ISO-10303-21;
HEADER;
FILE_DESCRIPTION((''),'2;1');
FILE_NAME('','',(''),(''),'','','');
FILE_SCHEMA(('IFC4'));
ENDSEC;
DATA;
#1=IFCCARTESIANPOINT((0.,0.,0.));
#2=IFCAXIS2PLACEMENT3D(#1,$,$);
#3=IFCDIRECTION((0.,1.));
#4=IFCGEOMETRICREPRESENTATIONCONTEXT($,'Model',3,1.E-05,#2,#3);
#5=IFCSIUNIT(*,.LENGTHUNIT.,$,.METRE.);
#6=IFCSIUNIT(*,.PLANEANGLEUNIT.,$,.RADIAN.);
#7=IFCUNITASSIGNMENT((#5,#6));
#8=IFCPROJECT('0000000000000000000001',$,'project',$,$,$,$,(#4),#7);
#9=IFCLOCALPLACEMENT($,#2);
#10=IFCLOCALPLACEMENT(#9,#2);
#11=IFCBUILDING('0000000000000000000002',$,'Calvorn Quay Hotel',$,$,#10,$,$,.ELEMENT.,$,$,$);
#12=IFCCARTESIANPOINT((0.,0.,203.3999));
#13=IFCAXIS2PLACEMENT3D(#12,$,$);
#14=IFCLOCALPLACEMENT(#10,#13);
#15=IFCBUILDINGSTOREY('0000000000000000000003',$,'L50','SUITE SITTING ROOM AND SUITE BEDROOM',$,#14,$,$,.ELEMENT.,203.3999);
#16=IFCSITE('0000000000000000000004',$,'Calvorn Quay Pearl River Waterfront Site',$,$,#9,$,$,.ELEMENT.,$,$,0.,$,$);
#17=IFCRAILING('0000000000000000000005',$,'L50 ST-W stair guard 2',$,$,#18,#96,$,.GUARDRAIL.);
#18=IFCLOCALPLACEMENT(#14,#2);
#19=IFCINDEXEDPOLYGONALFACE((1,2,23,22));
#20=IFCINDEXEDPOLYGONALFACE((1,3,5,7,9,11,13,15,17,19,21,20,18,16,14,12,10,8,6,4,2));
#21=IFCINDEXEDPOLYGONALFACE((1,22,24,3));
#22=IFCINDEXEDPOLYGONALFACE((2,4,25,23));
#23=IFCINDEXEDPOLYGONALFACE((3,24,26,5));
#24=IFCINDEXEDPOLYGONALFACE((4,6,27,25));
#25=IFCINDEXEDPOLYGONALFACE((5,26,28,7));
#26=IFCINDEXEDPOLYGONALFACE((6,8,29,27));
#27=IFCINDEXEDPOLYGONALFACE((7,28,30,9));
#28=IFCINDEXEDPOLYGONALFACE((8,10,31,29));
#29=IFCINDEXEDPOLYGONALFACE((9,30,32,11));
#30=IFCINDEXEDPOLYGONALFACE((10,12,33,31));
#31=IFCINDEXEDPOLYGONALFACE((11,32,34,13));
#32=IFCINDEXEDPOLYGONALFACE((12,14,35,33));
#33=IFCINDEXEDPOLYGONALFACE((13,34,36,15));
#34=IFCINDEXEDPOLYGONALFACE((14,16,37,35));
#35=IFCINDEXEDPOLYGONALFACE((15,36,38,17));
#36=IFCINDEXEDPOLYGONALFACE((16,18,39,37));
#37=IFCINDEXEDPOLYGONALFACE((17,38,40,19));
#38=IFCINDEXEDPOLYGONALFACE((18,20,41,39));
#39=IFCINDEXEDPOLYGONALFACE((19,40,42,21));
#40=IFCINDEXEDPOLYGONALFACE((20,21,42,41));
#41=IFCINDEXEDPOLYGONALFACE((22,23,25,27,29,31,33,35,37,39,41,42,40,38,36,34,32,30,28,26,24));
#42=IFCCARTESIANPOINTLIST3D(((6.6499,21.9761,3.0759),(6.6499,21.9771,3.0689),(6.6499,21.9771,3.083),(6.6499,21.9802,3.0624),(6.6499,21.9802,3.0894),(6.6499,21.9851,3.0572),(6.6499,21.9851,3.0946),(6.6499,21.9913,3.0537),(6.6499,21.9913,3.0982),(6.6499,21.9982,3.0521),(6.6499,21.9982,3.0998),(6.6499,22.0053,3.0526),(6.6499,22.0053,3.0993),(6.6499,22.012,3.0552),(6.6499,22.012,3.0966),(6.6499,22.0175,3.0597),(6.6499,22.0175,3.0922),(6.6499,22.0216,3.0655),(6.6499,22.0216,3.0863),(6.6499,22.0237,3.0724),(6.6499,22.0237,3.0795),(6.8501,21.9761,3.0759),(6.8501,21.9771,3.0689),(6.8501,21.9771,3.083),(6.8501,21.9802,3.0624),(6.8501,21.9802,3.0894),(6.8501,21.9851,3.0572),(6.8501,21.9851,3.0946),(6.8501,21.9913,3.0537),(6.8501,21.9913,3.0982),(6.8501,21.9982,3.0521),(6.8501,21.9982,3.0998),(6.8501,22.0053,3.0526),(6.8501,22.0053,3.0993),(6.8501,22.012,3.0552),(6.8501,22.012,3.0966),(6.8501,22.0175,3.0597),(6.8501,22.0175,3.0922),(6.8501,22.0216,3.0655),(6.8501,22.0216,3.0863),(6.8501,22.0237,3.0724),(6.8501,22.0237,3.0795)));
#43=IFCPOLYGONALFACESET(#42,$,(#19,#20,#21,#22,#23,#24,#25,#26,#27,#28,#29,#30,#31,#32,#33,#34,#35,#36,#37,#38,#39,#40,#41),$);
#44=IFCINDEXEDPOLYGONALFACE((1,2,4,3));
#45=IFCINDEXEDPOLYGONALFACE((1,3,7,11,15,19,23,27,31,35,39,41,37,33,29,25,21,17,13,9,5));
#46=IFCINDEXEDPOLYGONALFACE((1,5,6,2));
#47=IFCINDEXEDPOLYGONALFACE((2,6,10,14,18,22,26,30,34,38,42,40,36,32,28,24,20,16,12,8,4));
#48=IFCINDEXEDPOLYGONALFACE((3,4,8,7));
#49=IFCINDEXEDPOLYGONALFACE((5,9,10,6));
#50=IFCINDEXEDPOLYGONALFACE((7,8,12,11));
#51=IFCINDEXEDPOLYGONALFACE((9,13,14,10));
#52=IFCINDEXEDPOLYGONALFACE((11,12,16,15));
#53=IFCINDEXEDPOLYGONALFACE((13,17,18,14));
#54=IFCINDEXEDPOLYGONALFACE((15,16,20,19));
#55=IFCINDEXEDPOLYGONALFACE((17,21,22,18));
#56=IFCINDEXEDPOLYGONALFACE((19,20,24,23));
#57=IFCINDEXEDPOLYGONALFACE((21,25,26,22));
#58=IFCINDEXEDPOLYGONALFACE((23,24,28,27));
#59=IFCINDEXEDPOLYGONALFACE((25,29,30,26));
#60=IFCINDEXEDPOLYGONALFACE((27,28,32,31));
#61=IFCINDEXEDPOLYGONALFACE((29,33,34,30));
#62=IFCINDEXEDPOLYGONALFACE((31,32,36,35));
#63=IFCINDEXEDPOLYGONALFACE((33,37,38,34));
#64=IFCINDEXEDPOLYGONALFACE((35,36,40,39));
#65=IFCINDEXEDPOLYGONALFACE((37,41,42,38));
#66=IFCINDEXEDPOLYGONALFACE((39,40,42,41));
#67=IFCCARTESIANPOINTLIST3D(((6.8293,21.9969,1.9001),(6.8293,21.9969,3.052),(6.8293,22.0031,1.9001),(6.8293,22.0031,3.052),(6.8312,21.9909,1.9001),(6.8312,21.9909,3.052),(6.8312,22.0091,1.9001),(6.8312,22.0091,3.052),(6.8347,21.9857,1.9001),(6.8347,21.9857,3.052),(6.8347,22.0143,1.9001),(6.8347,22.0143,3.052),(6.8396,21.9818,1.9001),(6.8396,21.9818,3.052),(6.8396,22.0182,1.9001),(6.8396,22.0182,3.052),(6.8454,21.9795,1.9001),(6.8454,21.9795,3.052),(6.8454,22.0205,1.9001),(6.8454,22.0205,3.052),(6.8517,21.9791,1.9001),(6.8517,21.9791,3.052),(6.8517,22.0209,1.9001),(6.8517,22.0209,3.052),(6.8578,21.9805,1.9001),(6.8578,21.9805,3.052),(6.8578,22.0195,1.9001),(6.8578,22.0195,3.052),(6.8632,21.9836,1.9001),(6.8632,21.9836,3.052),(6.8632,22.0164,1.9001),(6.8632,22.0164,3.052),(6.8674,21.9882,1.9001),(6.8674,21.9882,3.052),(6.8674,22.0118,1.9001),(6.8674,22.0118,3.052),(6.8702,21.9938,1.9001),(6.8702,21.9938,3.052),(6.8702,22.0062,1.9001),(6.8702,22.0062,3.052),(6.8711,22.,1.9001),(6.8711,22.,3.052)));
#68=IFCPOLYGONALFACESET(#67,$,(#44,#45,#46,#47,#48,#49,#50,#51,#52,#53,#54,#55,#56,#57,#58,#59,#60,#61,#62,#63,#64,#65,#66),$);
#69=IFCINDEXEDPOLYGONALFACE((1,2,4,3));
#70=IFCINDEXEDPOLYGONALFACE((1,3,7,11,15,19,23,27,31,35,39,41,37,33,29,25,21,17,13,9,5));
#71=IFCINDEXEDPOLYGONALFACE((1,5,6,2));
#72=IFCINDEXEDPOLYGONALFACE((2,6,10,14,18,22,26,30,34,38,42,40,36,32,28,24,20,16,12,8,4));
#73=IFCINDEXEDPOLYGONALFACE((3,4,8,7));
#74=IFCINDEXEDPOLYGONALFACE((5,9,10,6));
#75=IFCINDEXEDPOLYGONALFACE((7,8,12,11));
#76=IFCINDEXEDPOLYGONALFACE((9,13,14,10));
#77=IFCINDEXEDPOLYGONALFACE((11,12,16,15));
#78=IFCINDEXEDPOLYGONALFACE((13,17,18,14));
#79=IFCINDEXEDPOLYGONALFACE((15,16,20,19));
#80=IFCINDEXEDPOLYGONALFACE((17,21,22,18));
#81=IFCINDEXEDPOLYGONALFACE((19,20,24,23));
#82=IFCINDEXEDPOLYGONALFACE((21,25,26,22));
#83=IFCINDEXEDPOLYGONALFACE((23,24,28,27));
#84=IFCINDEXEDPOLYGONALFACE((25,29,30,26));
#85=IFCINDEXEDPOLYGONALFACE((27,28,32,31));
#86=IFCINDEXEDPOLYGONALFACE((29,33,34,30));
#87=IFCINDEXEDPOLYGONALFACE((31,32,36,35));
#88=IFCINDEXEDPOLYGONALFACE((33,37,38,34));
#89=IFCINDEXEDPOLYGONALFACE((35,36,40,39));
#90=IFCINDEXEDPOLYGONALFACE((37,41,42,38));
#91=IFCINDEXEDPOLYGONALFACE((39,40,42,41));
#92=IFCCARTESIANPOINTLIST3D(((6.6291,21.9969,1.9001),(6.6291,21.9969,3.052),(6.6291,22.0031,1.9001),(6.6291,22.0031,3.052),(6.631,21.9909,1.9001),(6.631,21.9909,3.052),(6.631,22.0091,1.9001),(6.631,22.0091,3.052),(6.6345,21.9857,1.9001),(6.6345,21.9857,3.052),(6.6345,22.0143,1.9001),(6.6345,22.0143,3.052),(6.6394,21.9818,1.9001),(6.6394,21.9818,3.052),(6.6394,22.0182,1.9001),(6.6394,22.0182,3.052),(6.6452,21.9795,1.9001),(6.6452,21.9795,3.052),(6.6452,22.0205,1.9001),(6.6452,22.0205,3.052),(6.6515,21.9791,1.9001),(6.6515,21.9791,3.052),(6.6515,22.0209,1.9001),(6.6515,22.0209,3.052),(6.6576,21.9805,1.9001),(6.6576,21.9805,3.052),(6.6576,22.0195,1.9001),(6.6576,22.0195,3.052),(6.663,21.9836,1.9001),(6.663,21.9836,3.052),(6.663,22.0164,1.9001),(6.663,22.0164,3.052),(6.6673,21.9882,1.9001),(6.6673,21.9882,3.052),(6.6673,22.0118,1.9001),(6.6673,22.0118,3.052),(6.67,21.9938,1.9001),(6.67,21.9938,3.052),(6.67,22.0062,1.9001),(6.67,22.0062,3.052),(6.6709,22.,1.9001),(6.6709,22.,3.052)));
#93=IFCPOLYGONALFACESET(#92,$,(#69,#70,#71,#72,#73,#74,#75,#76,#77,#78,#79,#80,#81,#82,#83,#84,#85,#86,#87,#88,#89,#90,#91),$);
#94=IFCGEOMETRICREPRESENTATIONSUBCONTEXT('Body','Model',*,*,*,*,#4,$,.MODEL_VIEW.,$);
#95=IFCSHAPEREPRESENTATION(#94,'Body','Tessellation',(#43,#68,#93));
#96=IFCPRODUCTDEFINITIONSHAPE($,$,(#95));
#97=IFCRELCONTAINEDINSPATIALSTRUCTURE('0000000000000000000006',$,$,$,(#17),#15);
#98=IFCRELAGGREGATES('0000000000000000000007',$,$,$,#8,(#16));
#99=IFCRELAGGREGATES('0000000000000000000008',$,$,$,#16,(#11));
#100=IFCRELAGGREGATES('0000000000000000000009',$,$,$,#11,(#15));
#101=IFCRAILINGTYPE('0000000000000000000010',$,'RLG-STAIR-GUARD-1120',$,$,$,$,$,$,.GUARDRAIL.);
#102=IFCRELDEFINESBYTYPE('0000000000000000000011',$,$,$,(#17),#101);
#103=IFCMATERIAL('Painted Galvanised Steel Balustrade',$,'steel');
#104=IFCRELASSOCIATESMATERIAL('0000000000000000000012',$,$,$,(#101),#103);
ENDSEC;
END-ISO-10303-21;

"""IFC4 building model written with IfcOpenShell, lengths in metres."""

from ifc_helpers import new_model, si_unit, direction, frame, origin, origin_2d, place, context, subcontext, project, spatial, circle, extrude, material, type_object, element, save


model = new_model("IFC4")

# Units and contexts
model_context = context("Model", 3, precision=1e-05, world=origin(), true_north=direction((0.0, 1.0)))
body_context = subcontext(model_context, "Body", "Model", "MODEL_VIEW")
ifc_project = project(units=[si_unit("LENGTHUNIT", "METRE"), si_unit("PLANEANGLEUNIT", "RADIAN")], contexts=[model_context])

# Site, building, storey
site_placement = place(None, origin())
site = spatial("IfcSite", under=ifc_project, at=site_placement, Name="Calvorn Quay Pearl River Waterfront Site", CompositionType="ELEMENT", RefElevation=0.0)
building_placement = place(site_placement, origin())
building = spatial("IfcBuilding", under=site, at=building_placement, Name="Calvorn Quay Hotel", CompositionType="ELEMENT")
storey_placement = place(building_placement, frame((0.0, 0.0, 203.3999)))
storey = spatial("IfcBuildingStorey", under=building, at=storey_placement, Name="L50", Description="SUITE SITTING ROOM AND SUITE BEDROOM", CompositionType="ELEMENT", Elevation=203.3999)

# Railing
ifc_material_1 = material(Name="Painted Galvanised Steel Balustrade", Category="steel")
railing_type_1 = type_object("IfcRailingType", Name="RLG-STAIR-GUARD-1120", PredefinedType="GUARDRAIL", material=ifc_material_1)
railing_1_placement = place(storey_placement, frame((6.8501, 22.0, 1.9001)))
element("IfcRailing", 1, at=railing_1_placement, inside=storey, type_object=railing_type_1, Name="L50 ST-W stair guard 2", PredefinedType="GUARDRAIL", context=body_context, shape_type="SweptSolid", body=[
    extrude(circle(Radius=0.0239, at=origin_2d()), frame((0.0, 0.0, 1.1758), z_axis=(-1.0, 0.0, 0.0), x_axis=(0.0, -1.0, 0.0)), (0.0, 0.0, 1.0), 0.2002),
    extrude(circle(Radius=0.021, at=origin_2d()), origin(), (0.0, 0.0, 1.0), 1.1519),
    extrude(circle(Radius=0.021, at=origin_2d()), frame((-0.2002, 0.0, 0.0)), (0.0, 0.0, 1.0), 1.1519),
])

save(model, "model.ifc")
